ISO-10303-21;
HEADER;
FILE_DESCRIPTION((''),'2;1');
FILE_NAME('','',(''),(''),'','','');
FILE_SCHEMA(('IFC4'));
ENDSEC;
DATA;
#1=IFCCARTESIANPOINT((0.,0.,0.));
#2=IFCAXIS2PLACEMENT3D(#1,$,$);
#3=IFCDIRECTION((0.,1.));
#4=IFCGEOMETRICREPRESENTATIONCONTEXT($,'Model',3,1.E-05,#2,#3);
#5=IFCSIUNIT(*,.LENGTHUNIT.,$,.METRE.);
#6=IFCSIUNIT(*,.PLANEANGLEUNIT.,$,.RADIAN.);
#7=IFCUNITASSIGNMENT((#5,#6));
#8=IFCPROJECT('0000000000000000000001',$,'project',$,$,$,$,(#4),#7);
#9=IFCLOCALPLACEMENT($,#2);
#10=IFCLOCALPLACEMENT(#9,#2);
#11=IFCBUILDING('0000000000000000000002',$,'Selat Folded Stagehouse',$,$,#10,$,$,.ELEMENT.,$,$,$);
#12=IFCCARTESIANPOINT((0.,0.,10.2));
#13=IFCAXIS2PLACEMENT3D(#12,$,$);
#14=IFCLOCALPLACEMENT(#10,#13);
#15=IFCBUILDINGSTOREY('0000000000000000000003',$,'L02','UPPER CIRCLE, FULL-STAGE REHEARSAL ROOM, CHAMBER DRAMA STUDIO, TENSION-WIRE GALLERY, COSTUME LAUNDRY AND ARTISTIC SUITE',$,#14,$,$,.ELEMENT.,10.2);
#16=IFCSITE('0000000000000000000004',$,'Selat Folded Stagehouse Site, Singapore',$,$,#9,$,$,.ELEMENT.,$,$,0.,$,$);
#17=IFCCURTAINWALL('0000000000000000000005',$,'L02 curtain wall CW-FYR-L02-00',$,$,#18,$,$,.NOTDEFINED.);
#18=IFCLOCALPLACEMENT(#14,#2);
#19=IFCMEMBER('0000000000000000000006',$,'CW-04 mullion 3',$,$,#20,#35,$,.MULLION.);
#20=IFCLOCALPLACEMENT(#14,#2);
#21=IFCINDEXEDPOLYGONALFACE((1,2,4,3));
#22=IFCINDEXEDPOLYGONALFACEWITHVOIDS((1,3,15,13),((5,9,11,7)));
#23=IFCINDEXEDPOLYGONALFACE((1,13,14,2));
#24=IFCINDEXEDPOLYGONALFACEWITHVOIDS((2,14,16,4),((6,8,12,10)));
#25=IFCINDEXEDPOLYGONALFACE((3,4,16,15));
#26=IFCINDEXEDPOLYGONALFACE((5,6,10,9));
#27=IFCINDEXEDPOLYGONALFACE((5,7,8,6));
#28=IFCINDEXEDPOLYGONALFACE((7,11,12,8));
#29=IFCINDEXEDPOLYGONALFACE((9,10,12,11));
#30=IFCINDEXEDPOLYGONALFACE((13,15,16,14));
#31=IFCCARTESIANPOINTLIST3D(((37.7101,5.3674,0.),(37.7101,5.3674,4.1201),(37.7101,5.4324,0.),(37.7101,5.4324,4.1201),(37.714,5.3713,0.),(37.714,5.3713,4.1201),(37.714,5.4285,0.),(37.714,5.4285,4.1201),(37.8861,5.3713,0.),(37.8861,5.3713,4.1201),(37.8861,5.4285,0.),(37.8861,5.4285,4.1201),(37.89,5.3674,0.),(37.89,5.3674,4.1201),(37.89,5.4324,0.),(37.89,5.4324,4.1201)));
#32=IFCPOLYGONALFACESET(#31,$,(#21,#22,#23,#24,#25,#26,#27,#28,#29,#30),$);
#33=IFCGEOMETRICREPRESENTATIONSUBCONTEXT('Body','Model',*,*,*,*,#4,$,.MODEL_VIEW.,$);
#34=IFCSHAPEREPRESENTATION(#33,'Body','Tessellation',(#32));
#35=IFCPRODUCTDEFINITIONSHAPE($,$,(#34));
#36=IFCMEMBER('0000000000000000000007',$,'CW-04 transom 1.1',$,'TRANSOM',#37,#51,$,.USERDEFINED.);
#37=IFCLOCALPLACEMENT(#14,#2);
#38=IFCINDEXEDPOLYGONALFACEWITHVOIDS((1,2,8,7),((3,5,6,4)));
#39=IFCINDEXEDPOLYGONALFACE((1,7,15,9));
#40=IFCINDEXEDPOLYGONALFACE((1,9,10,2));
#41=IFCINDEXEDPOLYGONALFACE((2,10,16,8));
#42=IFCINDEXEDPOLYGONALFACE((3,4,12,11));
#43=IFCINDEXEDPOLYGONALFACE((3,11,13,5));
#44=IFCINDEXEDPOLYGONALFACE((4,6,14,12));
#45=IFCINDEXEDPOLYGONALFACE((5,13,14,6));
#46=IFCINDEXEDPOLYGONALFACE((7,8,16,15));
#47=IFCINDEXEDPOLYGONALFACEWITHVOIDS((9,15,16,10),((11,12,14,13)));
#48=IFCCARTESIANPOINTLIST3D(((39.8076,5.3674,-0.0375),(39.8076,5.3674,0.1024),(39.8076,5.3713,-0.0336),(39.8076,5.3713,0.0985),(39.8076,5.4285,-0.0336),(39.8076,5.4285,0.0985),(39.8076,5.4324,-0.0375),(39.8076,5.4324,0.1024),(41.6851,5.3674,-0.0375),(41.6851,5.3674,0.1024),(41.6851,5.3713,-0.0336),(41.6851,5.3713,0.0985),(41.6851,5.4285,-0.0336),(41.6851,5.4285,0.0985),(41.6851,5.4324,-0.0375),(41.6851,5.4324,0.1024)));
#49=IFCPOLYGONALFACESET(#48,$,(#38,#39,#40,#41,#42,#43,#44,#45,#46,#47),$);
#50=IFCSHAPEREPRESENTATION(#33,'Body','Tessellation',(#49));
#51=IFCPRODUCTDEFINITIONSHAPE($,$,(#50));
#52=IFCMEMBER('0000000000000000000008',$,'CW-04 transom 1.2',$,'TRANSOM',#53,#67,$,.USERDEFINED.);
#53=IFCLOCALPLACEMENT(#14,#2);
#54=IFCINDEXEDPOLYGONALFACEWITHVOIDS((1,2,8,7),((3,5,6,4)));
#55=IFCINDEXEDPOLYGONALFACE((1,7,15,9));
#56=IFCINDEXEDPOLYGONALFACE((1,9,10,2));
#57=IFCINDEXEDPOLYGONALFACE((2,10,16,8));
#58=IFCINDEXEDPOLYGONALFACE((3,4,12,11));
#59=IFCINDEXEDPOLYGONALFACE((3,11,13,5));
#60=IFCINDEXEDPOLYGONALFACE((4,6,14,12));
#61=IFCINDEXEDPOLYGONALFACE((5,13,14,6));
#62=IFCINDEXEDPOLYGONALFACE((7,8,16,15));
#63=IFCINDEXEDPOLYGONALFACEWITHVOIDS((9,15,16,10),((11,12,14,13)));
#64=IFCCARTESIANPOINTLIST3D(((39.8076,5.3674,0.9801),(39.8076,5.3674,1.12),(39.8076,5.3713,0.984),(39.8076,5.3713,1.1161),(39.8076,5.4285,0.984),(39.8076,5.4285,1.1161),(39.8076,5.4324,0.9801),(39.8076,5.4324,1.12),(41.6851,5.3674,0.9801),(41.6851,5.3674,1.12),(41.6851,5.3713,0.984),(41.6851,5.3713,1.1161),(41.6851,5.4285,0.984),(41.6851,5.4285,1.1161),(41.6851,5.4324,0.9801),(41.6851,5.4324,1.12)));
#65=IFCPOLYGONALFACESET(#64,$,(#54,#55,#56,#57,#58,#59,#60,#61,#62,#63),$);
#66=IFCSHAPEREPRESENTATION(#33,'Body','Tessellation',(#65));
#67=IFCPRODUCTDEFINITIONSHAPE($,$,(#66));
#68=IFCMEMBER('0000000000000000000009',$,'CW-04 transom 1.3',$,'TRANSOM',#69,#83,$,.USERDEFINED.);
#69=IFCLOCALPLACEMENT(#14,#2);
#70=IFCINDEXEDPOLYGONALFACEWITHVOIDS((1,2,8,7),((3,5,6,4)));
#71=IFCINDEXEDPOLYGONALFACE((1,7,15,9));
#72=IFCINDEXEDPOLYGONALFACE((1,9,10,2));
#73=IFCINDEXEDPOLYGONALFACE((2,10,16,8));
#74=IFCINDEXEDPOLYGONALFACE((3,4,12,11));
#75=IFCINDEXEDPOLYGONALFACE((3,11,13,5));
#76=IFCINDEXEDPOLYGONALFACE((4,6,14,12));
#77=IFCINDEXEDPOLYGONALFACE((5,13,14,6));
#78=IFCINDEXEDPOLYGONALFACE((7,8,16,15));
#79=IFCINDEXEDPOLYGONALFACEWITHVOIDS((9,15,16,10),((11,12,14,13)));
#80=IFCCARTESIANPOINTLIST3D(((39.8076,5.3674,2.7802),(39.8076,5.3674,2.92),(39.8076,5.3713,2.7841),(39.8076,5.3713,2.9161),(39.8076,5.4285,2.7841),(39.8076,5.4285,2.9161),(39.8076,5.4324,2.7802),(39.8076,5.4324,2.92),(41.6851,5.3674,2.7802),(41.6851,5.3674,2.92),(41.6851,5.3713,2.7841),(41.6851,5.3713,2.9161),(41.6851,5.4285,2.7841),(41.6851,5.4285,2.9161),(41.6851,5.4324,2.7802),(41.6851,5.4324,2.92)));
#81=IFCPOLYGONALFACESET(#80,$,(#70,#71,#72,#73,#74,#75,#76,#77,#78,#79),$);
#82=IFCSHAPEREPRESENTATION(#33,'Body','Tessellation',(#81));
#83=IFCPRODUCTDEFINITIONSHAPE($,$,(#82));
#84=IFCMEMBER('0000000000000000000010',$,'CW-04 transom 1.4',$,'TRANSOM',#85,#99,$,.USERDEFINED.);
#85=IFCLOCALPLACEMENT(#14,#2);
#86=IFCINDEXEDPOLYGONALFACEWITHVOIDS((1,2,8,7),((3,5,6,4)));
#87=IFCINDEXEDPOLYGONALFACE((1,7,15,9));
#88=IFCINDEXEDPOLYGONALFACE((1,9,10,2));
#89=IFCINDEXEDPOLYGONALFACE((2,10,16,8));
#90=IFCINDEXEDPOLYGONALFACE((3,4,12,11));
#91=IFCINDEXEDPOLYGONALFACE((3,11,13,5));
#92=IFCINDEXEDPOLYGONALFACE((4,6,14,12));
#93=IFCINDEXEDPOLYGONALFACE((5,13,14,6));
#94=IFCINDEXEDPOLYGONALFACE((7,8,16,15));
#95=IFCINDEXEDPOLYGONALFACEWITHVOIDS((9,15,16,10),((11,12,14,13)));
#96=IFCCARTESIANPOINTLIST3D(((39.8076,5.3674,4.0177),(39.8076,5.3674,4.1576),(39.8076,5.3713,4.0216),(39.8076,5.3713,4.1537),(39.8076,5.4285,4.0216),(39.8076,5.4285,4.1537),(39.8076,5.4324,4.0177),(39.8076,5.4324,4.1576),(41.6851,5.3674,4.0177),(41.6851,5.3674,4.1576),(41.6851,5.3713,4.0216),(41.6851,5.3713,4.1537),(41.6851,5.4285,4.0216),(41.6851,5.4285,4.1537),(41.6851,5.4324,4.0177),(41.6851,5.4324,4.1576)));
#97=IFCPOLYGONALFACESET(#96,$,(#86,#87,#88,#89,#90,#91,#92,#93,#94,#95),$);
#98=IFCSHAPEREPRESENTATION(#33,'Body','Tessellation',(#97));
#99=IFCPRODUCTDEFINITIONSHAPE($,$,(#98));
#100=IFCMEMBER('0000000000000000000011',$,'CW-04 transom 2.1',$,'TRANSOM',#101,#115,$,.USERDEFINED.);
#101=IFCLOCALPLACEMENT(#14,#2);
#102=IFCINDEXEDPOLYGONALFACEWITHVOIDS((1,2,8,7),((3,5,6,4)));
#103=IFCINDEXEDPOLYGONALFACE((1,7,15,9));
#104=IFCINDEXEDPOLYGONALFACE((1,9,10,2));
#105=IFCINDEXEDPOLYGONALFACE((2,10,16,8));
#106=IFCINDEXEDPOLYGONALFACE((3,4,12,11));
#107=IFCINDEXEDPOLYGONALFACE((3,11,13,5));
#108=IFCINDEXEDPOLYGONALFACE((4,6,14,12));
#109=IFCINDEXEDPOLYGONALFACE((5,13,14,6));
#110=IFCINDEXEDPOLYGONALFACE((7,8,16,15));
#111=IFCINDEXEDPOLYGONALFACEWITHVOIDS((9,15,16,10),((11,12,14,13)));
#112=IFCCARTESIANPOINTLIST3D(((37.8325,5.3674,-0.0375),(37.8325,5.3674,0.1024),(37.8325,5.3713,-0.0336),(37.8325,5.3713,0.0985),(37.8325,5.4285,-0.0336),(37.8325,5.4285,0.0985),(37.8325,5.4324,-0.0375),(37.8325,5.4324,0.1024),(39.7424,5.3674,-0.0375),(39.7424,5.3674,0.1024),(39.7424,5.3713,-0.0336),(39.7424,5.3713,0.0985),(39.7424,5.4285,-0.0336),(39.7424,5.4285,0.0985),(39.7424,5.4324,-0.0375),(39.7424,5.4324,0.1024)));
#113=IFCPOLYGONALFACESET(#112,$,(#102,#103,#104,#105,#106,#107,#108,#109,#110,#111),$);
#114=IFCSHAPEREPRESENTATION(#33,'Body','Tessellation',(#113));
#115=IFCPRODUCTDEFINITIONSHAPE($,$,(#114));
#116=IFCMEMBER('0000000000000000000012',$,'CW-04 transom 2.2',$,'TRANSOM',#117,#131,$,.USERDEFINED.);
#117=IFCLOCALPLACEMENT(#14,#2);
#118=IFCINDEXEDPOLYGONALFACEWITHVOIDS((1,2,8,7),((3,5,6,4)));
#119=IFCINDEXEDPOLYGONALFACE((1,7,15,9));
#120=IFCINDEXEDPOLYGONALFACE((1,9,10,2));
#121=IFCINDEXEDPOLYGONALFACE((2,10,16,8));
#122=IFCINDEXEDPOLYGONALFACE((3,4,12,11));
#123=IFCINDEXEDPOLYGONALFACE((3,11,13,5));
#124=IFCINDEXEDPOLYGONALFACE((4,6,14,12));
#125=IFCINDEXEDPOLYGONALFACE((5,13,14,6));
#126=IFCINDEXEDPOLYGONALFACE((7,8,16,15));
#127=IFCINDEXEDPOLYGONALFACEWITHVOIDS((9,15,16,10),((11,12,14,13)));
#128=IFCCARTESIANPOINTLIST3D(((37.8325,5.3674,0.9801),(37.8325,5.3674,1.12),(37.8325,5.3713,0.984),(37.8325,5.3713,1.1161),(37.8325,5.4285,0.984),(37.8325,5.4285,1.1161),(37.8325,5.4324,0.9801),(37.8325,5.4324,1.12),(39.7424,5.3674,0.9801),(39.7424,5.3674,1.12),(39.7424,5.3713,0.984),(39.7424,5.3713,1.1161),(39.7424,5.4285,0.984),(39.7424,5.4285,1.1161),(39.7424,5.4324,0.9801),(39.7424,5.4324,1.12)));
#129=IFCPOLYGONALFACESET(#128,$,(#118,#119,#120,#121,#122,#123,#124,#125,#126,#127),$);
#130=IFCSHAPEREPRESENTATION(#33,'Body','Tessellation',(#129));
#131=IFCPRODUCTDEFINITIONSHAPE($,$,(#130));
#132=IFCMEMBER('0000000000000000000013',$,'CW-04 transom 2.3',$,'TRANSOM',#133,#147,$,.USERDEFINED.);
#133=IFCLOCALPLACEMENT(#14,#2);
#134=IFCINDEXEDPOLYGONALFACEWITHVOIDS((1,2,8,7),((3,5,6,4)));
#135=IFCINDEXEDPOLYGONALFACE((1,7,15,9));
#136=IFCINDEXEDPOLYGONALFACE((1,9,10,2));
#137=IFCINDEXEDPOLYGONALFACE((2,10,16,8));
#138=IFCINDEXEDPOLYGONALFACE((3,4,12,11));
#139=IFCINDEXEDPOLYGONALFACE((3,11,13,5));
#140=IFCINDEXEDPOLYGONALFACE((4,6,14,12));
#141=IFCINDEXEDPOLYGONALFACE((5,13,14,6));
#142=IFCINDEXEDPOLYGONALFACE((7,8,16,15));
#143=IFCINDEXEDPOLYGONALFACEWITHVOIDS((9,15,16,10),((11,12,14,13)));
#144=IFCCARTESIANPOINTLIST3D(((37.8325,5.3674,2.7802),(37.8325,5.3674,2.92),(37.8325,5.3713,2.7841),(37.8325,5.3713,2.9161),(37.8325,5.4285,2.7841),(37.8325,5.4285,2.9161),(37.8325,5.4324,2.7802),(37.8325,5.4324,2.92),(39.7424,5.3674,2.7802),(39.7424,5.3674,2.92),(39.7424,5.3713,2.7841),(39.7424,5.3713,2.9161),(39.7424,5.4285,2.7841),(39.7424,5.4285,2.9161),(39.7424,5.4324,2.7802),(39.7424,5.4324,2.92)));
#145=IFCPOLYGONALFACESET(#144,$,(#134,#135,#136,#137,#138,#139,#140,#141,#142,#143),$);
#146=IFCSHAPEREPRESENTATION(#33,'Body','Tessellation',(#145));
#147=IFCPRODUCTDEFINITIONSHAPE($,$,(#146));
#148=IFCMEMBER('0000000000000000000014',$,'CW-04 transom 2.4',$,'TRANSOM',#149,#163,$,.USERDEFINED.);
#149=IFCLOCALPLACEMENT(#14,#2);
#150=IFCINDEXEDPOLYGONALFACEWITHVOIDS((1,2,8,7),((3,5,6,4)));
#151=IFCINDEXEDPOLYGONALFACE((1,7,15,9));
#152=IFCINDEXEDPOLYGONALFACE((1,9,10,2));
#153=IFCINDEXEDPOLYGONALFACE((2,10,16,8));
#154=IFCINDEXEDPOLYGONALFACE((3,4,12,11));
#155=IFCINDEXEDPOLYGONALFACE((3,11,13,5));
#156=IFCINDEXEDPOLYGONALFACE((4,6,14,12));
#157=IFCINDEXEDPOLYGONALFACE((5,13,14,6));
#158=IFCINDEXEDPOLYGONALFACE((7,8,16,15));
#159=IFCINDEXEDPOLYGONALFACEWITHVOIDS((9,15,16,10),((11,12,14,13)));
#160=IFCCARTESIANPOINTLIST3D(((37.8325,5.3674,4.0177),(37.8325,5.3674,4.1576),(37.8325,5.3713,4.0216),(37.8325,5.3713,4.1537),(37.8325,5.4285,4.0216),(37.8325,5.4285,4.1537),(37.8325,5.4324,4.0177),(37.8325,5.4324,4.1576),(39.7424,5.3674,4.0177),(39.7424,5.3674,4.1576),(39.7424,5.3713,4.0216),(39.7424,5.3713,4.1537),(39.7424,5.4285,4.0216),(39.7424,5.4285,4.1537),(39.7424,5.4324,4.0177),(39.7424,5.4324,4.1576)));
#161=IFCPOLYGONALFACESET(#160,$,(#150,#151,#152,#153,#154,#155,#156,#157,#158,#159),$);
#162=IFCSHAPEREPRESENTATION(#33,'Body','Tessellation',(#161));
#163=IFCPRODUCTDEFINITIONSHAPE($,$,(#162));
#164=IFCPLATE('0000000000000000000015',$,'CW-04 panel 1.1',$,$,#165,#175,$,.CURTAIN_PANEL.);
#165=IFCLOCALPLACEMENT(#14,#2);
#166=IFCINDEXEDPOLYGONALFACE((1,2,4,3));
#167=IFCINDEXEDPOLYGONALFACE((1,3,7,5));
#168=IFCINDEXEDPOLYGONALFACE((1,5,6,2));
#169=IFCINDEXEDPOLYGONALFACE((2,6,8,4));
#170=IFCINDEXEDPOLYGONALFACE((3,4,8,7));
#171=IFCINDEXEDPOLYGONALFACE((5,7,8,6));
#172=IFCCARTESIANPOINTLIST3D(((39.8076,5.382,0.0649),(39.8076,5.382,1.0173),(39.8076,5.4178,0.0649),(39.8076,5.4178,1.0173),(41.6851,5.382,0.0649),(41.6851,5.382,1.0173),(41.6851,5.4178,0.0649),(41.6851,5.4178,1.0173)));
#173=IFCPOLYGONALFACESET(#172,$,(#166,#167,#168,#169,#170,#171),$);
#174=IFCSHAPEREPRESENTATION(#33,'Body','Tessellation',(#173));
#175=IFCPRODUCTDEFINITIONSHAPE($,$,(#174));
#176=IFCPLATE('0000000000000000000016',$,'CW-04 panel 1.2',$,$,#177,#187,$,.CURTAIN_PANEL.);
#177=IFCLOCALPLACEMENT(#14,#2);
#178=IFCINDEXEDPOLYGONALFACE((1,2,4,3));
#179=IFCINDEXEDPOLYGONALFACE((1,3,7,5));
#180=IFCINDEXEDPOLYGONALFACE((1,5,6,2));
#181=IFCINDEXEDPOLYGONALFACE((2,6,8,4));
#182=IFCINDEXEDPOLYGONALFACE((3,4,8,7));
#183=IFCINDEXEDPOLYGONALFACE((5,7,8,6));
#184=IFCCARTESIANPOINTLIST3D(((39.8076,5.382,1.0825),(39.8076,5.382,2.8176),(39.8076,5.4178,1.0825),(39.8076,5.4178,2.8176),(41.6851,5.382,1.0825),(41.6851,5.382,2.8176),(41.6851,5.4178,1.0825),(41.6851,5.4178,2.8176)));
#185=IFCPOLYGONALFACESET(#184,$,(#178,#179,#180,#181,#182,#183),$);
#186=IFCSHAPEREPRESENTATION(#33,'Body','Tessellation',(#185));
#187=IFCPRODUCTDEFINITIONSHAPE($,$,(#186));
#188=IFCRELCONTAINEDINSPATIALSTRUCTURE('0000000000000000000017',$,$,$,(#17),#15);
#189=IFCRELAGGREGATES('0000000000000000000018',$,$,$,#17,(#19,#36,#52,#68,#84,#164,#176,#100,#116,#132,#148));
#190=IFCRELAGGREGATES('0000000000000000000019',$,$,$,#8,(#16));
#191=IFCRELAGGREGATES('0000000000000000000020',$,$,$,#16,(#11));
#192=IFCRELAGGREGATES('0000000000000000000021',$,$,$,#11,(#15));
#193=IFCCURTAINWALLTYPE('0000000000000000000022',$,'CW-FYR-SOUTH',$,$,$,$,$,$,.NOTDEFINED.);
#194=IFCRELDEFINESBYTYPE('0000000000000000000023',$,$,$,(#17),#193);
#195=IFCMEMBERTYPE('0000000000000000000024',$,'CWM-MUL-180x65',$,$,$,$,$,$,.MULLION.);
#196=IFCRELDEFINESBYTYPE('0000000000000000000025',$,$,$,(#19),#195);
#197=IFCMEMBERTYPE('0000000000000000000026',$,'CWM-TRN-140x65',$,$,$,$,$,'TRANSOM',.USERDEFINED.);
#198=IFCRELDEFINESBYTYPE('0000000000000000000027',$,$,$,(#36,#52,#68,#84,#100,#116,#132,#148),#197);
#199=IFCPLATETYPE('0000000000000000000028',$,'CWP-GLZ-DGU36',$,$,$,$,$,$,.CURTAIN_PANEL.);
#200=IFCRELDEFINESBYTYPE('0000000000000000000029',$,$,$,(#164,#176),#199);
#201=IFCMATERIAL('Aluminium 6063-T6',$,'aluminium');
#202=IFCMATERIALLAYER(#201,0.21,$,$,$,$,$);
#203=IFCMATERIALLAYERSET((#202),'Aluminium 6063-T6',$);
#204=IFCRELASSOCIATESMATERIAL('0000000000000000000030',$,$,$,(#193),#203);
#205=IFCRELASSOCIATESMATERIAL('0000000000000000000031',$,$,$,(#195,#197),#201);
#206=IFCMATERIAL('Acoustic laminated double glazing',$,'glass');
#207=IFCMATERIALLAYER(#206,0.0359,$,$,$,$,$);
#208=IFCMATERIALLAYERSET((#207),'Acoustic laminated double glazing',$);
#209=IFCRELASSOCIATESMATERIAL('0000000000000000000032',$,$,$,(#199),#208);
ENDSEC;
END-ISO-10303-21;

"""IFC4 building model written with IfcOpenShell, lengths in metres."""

from ifc_helpers import new_model, si_unit, direction, frame, origin, origin_2d, place, context, subcontext, project, spatial, rectangle, hollow_rectangle, extrude, material, layer, layer_set, material_profile, profile_set, type_object, element, aggregate, save


model = new_model("IFC4")

# Units and contexts
model_context = context("Model", 3, precision=1e-05, world=origin(), true_north=direction((0.0, 1.0)))
body_context = subcontext(model_context, "Body", "Model", "MODEL_VIEW")
ifc_project = project(units=[si_unit("LENGTHUNIT", "METRE"), si_unit("PLANEANGLEUNIT", "RADIAN")], contexts=[model_context])

# Site, building, storey
site_placement = place(None, origin())
site = spatial("IfcSite", under=ifc_project, at=site_placement, Name="Selat Folded Stagehouse Site, Singapore", CompositionType="ELEMENT", RefElevation=0.0)
building_placement = place(site_placement, origin())
building = spatial("IfcBuilding", under=site, at=building_placement, Name="Selat Folded Stagehouse", CompositionType="ELEMENT")
storey_placement = place(building_placement, frame((0.0, 0.0, 10.2)))
storey = spatial("IfcBuildingStorey", under=building, at=storey_placement, Name="L02", Description="UPPER CIRCLE, FULL-STAGE REHEARSAL ROOM, CHAMBER DRAMA STUDIO, TENSION-WIRE GALLERY, COSTUME LAUNDRY AND ARTISTIC SUITE", CompositionType="ELEMENT", Elevation=10.2)

# Curtain wall, members, plates
ifc_material_1 = material(Name="Aluminium 6063-T6", Category="aluminium")
ifc_layer_1 = layer(ifc_material_1, 0.21)
ifc_layer_set_1 = layer_set([ifc_layer_1], Name="Aluminium 6063-T6")
curtain_wall_type = type_object("IfcCurtainWallType", Name="CW-FYR-SOUTH", PredefinedType="NOTDEFINED", material=ifc_layer_set_1)
curtain_wall_placement = place(storey_placement, origin())
curtain_wall = element("IfcCurtainWall", 1, at=curtain_wall_placement, inside=storey, type_object=curtain_wall_type, Name="L02 curtain wall CW-FYR-L02-00", PredefinedType="NOTDEFINED")
ifc_material_profile_1 = material_profile(ifc_material_1, hollow_rectangle(XDim=0.0649, YDim=0.1799, WallThickness=0.0039, at=origin_2d()), Name="ALU 180x65x4.0")
ifc_profile_set_1 = profile_set([ifc_material_profile_1], Name="Aluminium 6063-T6")
member_type_1 = type_object("IfcMemberType", Name="CWM-MUL-180x65", PredefinedType="MULLION", material=ifc_profile_set_1)
member_1_placement = place(storey_placement, frame((37.8, 5.3999, 0.0), z_axis=(0.0, 0.0, 1.0), x_axis=(0.0, -1.0, 0.0)))
member_1 = element("IfcMember", 2, at=member_1_placement, type_object=member_type_1, Name="CW-04 mullion 3", PredefinedType="MULLION", context=body_context, shape_type="SweptSolid", body=[
    extrude(hollow_rectangle(XDim=0.0649, YDim=0.1799, WallThickness=0.0039, at=origin_2d()), origin(), (0.0, 0.0, 1.0), 4.1201),
])
ifc_material_profile_2 = material_profile(ifc_material_1, hollow_rectangle(XDim=0.0649, YDim=0.1399, WallThickness=0.0039, at=origin_2d()), Name="ALU 140x65x4.0")
ifc_profile_set_2 = profile_set([ifc_material_profile_2], Name="Aluminium 6063-T6")
member_type_2 = type_object("IfcMemberType", Name="CWM-TRN-140x65", ElementType="TRANSOM", PredefinedType="USERDEFINED", material=ifc_profile_set_2)
member_2_placement = place(storey_placement, frame((41.6851, 5.3999, 0.0325), z_axis=(-1.0, 0.0, 0.0), x_axis=(0.0, -1.0, 0.0)))
member_2 = element("IfcMember", 3, at=member_2_placement, type_object=member_type_2, Name="CW-04 transom 1.1", ObjectType="TRANSOM", PredefinedType="USERDEFINED", context=body_context, shape_type="SweptSolid", body=[
    extrude(hollow_rectangle(XDim=0.0649, YDim=0.1399, WallThickness=0.0039, at=origin_2d()), origin(), (0.0, 0.0, 1.0), 1.8774),
])
member_3_placement = place(storey_placement, frame((41.6851, 5.3999, 1.05), z_axis=(-1.0, 0.0, 0.0), x_axis=(0.0, -1.0, 0.0)))
member_3 = element("IfcMember", 4, at=member_3_placement, type_object=member_type_2, Name="CW-04 transom 1.2", ObjectType="TRANSOM", PredefinedType="USERDEFINED", context=body_context, shape_type="SweptSolid", body=[
    extrude(hollow_rectangle(XDim=0.0649, YDim=0.1399, WallThickness=0.0039, at=origin_2d()), origin(), (0.0, 0.0, 1.0), 1.8774),
])
member_4_placement = place(storey_placement, frame((41.6851, 5.3999, 2.8501), z_axis=(-1.0, 0.0, 0.0), x_axis=(0.0, -1.0, 0.0)))
member_4 = element("IfcMember", 5, at=member_4_placement, type_object=member_type_2, Name="CW-04 transom 1.3", ObjectType="TRANSOM", PredefinedType="USERDEFINED", context=body_context, shape_type="SweptSolid", body=[
    extrude(hollow_rectangle(XDim=0.0649, YDim=0.1399, WallThickness=0.0039, at=origin_2d()), origin(), (0.0, 0.0, 1.0), 1.8774),
])
member_5_placement = place(storey_placement, frame((41.6851, 5.3999, 4.0876), z_axis=(-1.0, 0.0, 0.0), x_axis=(0.0, -1.0, 0.0)))
member_5 = element("IfcMember", 6, at=member_5_placement, type_object=member_type_2, Name="CW-04 transom 1.4", ObjectType="TRANSOM", PredefinedType="USERDEFINED", context=body_context, shape_type="SweptSolid", body=[
    extrude(hollow_rectangle(XDim=0.0649, YDim=0.1399, WallThickness=0.0039, at=origin_2d()), origin(), (0.0, 0.0, 1.0), 1.8774),
])
member_6_placement = place(storey_placement, frame((39.7424, 5.3999, 0.0325), z_axis=(-1.0, 0.0, 0.0), x_axis=(0.0, -1.0, 0.0)))
member_6 = element("IfcMember", 7, at=member_6_placement, type_object=member_type_2, Name="CW-04 transom 2.1", ObjectType="TRANSOM", PredefinedType="USERDEFINED", context=body_context, shape_type="SweptSolid", body=[
    extrude(hollow_rectangle(XDim=0.0649, YDim=0.1399, WallThickness=0.0039, at=origin_2d()), origin(), (0.0, 0.0, 1.0), 1.9099),
])
member_7_placement = place(storey_placement, frame((39.7424, 5.3999, 1.05), z_axis=(-1.0, 0.0, 0.0), x_axis=(0.0, -1.0, 0.0)))
member_7 = element("IfcMember", 8, at=member_7_placement, type_object=member_type_2, Name="CW-04 transom 2.2", ObjectType="TRANSOM", PredefinedType="USERDEFINED", context=body_context, shape_type="SweptSolid", body=[
    extrude(hollow_rectangle(XDim=0.0649, YDim=0.1399, WallThickness=0.0039, at=origin_2d()), origin(), (0.0, 0.0, 1.0), 1.9099),
])
member_8_placement = place(storey_placement, frame((39.7424, 5.3999, 2.8501), z_axis=(-1.0, 0.0, 0.0), x_axis=(0.0, -1.0, 0.0)))
member_8 = element("IfcMember", 9, at=member_8_placement, type_object=member_type_2, Name="CW-04 transom 2.3", ObjectType="TRANSOM", PredefinedType="USERDEFINED", context=body_context, shape_type="SweptSolid", body=[
    extrude(hollow_rectangle(XDim=0.0649, YDim=0.1399, WallThickness=0.0039, at=origin_2d()), origin(), (0.0, 0.0, 1.0), 1.9099),
])
member_9_placement = place(storey_placement, frame((39.7424, 5.3999, 4.0876), z_axis=(-1.0, 0.0, 0.0), x_axis=(0.0, -1.0, 0.0)))
member_9 = element("IfcMember", 10, at=member_9_placement, type_object=member_type_2, Name="CW-04 transom 2.4", ObjectType="TRANSOM", PredefinedType="USERDEFINED", context=body_context, shape_type="SweptSolid", body=[
    extrude(hollow_rectangle(XDim=0.0649, YDim=0.1399, WallThickness=0.0039, at=origin_2d()), origin(), (0.0, 0.0, 1.0), 1.9099),
])
ifc_material_2 = material(Name="Acoustic laminated double glazing", Category="glass")
ifc_layer_2 = layer(ifc_material_2, 0.0359)
ifc_layer_set_2 = layer_set([ifc_layer_2], Name="Acoustic laminated double glazing")
plate_type_1 = type_object("IfcPlateType", Name="CWP-GLZ-DGU36", PredefinedType="CURTAIN_PANEL", material=ifc_layer_set_2)
plate_1_placement = place(storey_placement, frame((40.7463, 5.3999, 0.0649), z_axis=(0.0, 0.0, 1.0), x_axis=(-1.0, 0.0, 0.0)))
plate_1 = element("IfcPlate", 11, at=plate_1_placement, type_object=plate_type_1, Name="CW-04 panel 1.1", PredefinedType="CURTAIN_PANEL", context=body_context, shape_type="SweptSolid", body=[
    extrude(rectangle(XDim=1.8774, YDim=0.0359, at=origin_2d()), origin(), (0.0, 0.0, 1.0), 0.9524),
])
plate_2_placement = place(storey_placement, frame((40.7463, 5.3999, 1.0825), z_axis=(0.0, 0.0, 1.0), x_axis=(-1.0, 0.0, 0.0)))
plate_2 = element("IfcPlate", 12, at=plate_2_placement, type_object=plate_type_1, Name="CW-04 panel 1.2", PredefinedType="CURTAIN_PANEL", context=body_context, shape_type="SweptSolid", body=[
    extrude(rectangle(XDim=1.8774, YDim=0.0359, at=origin_2d()), origin(), (0.0, 0.0, 1.0), 1.7351),
])
aggregate(curtain_wall, [member_1, member_2, member_3, member_4, member_5, plate_1, plate_2, member_6, member_7, member_8, member_9])

save(model, "model.ifc")
